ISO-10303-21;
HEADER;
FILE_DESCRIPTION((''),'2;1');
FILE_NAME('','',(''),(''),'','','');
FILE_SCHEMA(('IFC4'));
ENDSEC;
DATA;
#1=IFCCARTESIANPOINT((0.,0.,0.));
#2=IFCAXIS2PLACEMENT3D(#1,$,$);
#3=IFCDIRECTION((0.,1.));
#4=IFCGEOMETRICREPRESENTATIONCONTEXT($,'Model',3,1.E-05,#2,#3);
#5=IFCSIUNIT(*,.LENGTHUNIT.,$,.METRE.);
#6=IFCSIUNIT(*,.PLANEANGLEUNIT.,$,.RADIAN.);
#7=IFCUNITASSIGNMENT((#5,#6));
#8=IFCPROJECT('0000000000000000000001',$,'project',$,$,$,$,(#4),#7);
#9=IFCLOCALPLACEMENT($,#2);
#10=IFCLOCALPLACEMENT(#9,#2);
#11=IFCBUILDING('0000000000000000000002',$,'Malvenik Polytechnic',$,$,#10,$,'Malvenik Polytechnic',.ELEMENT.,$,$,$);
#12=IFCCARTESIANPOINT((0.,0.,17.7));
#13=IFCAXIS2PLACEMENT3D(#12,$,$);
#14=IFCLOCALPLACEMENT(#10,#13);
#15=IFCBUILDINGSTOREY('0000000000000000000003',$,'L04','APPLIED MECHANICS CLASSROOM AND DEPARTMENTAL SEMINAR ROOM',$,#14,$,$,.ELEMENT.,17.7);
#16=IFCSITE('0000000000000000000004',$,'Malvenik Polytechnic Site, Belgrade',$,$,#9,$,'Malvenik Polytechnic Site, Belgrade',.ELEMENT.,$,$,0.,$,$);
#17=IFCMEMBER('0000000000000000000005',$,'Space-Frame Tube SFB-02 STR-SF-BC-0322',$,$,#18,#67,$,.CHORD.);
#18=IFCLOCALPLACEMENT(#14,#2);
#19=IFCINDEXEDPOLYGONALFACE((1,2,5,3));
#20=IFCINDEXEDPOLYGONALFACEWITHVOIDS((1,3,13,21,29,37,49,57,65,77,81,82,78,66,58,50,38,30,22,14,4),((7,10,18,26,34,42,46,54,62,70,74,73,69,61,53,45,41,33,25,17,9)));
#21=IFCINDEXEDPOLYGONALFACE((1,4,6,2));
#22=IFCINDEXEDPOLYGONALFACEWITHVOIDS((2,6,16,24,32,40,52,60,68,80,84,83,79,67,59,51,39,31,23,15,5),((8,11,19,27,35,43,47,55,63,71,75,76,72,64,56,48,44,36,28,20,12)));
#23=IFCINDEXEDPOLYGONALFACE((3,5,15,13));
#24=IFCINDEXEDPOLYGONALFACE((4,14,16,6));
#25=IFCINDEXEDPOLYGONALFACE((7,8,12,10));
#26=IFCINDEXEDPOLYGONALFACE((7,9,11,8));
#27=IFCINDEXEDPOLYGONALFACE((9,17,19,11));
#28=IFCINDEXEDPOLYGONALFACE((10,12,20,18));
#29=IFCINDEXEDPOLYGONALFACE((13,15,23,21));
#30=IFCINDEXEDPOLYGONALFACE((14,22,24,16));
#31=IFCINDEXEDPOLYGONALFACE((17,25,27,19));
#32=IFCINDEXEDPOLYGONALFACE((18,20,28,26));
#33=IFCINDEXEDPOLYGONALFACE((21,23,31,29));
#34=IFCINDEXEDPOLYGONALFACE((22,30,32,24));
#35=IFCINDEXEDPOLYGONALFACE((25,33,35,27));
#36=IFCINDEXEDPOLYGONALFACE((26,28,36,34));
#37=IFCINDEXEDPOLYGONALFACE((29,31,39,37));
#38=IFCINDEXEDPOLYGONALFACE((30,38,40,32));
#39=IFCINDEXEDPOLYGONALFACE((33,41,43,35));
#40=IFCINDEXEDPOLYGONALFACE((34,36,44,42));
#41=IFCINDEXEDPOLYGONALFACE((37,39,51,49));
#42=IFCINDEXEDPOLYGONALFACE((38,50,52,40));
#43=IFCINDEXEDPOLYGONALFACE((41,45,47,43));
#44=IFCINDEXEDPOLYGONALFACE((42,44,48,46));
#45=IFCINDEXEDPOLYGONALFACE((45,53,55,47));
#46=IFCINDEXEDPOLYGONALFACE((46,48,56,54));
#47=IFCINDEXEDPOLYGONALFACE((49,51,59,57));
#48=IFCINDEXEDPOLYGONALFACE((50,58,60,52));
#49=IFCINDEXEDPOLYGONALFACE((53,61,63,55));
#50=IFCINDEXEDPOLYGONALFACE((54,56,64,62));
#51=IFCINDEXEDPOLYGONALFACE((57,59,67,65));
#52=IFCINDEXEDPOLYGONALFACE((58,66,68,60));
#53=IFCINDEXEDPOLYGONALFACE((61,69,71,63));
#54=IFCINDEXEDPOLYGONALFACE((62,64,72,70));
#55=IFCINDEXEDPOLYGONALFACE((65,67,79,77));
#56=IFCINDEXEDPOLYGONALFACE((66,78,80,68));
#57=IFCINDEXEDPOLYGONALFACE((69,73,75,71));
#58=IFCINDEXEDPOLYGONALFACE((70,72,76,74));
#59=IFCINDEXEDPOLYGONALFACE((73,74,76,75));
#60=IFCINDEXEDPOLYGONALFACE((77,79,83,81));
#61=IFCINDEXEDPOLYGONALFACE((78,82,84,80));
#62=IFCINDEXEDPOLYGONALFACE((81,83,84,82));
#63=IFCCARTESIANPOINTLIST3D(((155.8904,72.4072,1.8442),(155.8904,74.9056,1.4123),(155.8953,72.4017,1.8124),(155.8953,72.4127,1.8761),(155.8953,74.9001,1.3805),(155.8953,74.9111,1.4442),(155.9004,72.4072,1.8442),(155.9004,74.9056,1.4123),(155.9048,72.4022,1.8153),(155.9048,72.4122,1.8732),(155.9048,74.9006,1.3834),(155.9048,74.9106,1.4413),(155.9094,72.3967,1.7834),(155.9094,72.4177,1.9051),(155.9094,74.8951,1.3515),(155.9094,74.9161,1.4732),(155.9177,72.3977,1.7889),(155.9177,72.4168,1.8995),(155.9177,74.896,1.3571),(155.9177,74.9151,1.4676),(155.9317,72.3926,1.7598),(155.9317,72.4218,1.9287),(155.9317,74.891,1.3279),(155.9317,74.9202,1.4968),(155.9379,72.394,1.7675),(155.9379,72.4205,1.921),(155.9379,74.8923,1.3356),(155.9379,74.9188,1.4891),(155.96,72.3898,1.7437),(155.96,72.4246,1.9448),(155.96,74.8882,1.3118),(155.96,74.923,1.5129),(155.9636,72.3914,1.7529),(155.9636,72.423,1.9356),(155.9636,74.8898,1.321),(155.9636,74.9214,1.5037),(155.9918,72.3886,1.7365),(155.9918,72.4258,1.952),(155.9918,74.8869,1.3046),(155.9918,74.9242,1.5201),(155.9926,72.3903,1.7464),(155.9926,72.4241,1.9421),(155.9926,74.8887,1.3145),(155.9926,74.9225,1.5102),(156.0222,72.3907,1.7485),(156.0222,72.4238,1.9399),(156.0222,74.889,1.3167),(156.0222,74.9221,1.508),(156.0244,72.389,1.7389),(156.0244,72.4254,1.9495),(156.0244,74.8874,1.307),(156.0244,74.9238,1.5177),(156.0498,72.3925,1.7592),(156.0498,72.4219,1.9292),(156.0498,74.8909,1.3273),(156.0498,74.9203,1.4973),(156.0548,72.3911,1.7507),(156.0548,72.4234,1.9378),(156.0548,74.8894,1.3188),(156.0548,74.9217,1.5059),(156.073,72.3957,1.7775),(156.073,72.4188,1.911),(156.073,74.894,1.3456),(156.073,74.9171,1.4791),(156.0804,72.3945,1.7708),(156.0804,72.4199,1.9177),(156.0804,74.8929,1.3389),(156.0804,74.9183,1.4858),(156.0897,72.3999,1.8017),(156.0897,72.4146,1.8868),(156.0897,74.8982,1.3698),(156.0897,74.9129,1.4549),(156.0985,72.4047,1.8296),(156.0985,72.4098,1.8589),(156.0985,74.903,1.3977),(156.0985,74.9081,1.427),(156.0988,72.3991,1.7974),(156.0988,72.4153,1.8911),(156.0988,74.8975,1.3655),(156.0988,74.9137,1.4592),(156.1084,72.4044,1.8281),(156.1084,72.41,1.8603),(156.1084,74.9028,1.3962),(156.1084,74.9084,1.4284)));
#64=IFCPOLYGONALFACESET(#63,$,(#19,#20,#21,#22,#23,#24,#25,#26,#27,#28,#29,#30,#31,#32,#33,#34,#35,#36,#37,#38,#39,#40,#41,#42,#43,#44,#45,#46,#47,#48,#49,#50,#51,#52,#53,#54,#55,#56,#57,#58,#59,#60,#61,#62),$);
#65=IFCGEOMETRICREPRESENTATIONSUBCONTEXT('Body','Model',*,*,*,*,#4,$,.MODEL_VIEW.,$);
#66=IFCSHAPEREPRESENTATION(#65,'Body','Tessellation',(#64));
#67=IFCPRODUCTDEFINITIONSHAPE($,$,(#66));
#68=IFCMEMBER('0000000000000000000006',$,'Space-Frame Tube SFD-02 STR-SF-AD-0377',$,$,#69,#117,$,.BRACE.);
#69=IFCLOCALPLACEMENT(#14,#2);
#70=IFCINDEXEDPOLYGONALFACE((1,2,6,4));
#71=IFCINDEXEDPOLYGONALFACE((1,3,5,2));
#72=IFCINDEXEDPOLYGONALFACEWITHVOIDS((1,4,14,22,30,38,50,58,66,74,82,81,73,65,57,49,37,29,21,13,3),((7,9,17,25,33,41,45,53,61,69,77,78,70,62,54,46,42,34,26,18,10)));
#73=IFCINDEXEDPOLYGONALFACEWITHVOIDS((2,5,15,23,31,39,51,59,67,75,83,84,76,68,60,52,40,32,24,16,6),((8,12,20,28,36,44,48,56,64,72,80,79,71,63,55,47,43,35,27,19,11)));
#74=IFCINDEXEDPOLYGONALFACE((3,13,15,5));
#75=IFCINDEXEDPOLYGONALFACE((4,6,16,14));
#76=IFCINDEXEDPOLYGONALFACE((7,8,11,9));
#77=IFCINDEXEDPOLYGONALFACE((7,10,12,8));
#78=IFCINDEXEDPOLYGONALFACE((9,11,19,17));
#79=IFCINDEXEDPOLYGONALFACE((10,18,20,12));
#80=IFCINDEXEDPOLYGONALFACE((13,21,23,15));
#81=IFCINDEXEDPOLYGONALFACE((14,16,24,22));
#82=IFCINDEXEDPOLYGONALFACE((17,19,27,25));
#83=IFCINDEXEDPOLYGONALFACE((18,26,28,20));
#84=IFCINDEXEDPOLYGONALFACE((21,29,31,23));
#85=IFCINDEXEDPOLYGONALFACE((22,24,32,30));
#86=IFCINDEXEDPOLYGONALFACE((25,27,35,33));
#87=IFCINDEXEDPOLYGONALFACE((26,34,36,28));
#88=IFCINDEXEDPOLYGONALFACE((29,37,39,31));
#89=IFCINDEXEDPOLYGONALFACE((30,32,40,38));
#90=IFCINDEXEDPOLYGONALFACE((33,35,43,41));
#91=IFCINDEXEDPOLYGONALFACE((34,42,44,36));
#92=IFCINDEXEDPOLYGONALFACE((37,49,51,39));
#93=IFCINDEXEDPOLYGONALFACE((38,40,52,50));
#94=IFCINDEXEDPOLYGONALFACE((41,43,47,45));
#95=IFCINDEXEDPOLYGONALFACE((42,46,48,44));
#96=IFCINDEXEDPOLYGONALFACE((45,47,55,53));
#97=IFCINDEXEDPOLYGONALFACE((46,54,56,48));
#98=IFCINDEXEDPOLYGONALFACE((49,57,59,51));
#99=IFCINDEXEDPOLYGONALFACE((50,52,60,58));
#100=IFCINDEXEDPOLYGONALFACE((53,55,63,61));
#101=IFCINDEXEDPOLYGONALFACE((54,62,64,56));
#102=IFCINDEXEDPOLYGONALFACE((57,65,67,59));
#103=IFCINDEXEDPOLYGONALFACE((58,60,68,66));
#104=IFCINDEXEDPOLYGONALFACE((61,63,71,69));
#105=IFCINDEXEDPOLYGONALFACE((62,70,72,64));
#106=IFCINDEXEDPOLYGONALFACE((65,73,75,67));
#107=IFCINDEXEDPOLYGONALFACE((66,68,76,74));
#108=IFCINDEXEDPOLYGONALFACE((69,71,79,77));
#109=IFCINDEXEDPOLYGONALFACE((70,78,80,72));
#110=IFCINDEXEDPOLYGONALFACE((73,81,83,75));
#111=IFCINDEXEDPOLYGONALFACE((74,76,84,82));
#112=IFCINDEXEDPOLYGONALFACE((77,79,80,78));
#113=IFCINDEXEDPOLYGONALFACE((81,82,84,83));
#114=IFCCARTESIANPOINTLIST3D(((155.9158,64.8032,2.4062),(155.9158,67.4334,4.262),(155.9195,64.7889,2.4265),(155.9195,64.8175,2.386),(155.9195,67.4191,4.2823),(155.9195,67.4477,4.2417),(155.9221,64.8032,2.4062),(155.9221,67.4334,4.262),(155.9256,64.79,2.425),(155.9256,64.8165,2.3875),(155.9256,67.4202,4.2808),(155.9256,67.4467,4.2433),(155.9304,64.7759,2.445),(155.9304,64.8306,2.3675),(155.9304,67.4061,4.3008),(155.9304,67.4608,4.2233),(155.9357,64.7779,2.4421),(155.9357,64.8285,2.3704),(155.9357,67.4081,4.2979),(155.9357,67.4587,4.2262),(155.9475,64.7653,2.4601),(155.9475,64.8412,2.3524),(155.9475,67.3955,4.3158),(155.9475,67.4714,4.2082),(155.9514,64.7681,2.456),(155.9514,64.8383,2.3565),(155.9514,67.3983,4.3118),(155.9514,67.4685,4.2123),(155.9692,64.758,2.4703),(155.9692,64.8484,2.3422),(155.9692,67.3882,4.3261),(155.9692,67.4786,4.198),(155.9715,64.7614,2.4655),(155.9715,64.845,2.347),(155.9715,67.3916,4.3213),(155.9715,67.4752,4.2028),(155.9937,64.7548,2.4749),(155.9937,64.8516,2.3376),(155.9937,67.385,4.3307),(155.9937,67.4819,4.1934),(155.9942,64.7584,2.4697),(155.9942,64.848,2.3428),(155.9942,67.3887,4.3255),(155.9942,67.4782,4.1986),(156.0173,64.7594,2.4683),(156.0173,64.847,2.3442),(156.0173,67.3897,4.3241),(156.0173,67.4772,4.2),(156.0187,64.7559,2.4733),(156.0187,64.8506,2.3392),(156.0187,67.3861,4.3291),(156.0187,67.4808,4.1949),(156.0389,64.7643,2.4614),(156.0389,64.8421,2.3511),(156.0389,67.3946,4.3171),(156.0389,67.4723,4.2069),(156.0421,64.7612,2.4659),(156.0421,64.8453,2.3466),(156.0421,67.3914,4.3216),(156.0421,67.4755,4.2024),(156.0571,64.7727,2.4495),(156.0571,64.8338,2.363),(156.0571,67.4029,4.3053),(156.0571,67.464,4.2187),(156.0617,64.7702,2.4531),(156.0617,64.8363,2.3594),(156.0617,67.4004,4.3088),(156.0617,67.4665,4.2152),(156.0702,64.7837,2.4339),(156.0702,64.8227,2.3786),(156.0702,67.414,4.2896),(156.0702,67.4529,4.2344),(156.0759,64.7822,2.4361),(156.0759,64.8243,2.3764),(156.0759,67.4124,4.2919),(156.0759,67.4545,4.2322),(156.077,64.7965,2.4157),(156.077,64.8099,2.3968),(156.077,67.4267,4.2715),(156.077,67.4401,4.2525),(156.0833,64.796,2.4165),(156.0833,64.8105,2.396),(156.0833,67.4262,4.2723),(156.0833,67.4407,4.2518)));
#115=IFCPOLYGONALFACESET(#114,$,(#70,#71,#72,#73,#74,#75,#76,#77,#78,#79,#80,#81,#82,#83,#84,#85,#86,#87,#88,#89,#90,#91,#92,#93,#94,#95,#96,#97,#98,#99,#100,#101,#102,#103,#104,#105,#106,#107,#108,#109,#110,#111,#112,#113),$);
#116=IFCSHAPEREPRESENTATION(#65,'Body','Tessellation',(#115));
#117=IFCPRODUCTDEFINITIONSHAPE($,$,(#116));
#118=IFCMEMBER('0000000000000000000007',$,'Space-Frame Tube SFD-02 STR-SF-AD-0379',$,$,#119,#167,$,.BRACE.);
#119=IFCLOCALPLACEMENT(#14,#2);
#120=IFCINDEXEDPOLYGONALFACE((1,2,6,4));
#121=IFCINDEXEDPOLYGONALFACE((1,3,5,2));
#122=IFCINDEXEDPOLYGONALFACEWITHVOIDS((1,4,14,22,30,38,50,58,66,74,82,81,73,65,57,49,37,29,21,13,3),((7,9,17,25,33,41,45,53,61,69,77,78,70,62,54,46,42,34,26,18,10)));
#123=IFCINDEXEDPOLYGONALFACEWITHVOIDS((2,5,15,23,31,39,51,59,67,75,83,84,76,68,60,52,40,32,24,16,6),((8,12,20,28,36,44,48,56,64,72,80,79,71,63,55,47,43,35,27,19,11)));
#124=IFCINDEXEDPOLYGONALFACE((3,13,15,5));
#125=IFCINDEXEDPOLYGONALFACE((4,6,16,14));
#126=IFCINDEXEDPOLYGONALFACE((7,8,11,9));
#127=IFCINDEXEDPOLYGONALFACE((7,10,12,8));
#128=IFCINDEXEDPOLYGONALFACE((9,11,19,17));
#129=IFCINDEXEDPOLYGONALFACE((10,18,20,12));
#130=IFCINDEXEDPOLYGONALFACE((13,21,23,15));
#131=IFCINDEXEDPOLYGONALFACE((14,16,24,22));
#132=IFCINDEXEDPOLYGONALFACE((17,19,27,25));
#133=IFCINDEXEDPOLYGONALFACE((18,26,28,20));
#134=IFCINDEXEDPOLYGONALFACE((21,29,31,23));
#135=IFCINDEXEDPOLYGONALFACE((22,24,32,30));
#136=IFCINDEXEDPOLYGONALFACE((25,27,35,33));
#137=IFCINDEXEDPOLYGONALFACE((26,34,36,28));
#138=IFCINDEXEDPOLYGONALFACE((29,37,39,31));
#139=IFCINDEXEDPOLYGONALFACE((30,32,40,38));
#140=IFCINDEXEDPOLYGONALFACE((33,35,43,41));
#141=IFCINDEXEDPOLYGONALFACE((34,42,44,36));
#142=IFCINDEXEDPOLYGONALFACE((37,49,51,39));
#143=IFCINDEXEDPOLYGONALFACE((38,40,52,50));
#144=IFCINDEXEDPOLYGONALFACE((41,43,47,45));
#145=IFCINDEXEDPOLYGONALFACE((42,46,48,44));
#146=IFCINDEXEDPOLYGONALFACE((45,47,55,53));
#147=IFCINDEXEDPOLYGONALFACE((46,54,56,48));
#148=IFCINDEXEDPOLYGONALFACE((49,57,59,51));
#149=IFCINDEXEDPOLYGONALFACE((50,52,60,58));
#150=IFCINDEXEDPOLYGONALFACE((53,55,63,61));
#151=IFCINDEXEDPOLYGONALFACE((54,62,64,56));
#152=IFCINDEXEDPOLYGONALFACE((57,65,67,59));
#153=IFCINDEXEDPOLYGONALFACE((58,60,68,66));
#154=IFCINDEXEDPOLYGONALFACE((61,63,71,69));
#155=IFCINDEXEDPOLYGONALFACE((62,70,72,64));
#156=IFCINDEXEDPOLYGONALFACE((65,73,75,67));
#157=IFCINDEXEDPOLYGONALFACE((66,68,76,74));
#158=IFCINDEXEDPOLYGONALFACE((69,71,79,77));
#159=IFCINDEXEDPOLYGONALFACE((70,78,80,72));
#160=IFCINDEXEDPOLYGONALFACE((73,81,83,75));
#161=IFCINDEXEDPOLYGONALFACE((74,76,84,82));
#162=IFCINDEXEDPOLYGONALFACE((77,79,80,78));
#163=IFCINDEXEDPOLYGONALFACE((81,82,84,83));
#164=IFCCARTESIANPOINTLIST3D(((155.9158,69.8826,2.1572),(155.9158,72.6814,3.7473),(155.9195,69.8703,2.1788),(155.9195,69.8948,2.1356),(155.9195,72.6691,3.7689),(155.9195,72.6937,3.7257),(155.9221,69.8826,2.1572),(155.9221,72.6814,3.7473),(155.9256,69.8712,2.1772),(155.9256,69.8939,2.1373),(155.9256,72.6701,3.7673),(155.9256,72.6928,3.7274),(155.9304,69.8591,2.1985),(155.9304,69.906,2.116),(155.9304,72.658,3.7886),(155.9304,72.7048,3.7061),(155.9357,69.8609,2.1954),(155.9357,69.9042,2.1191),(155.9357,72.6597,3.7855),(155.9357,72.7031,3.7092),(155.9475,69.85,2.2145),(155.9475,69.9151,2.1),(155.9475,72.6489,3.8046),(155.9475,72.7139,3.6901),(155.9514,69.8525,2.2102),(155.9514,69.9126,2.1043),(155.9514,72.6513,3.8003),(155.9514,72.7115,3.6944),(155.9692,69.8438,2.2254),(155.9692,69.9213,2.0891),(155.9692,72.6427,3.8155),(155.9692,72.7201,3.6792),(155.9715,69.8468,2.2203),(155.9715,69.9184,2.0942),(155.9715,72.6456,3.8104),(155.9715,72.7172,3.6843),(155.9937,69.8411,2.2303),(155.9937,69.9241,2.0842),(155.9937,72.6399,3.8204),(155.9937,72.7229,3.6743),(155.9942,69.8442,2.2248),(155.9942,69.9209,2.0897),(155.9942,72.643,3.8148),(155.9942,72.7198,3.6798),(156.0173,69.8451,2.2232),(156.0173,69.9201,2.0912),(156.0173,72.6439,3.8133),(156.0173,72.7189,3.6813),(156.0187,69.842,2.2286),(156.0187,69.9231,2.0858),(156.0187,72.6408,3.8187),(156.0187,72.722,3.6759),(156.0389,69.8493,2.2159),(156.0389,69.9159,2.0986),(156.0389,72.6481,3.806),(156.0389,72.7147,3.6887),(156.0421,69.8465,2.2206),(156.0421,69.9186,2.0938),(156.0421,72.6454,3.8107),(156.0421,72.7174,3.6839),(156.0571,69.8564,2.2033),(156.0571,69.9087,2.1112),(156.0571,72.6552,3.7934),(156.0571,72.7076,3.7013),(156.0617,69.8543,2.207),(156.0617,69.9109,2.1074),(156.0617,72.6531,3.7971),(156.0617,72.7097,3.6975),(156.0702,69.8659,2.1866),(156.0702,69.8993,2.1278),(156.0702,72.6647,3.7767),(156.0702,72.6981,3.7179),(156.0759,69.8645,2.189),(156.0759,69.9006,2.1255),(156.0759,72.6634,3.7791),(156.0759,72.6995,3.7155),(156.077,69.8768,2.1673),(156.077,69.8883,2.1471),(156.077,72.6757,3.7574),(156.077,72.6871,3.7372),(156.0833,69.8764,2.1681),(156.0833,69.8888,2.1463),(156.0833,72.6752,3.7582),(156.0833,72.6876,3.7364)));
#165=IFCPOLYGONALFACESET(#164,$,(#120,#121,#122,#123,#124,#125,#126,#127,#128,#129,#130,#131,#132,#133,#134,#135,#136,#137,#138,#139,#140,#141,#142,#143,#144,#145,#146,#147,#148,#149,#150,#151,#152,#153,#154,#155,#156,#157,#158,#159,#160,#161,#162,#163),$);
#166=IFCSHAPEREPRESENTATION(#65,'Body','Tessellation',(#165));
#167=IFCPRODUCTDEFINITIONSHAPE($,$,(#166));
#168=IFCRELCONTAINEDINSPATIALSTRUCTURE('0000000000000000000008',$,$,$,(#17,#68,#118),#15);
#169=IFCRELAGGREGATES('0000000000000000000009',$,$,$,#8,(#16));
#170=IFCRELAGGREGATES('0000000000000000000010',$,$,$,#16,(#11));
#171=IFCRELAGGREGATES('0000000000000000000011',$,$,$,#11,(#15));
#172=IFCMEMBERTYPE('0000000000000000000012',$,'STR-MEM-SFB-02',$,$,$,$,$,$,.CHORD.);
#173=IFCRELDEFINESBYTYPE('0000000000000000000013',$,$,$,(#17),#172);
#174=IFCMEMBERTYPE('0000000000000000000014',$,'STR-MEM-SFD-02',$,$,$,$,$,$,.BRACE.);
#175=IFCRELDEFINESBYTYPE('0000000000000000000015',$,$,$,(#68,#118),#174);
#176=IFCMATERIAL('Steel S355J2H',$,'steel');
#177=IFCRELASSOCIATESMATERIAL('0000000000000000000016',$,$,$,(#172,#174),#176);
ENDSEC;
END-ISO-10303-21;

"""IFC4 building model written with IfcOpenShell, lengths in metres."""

from ifc_helpers import new_model, si_unit, direction, frame, origin, origin_2d, place, context, subcontext, project, spatial, hollow_circle, extrude, material, material_profile, profile_set, type_object, element, save


model = new_model("IFC4")

# Units and contexts
model_context = context("Model", 3, precision=1e-05, world=origin(), true_north=direction((0.0, 1.0)))
body_context = subcontext(model_context, "Body", "Model", "MODEL_VIEW")
ifc_project = project(units=[si_unit("LENGTHUNIT", "METRE"), si_unit("PLANEANGLEUNIT", "RADIAN")], contexts=[model_context])

# Site, building, storey
site_placement = place(None, origin())
site = spatial("IfcSite", under=ifc_project, at=site_placement, Name="Malvenik Polytechnic Site, Belgrade", LongName="Malvenik Polytechnic Site, Belgrade", CompositionType="ELEMENT", RefElevation=0.0)
building_placement = place(site_placement, origin())
building = spatial("IfcBuilding", under=site, at=building_placement, Name="Malvenik Polytechnic", LongName="Malvenik Polytechnic", CompositionType="ELEMENT")
storey_placement = place(building_placement, frame((0.0, 0.0, 17.7)))
storey = spatial("IfcBuildingStorey", under=building, at=storey_placement, Name="L04", Description="APPLIED MECHANICS CLASSROOM AND DEPARTMENTAL SEMINAR ROOM", CompositionType="ELEMENT", Elevation=17.7)

# Members
ifc_material_1 = material(Name="Steel S355J2H", Category="steel")
ifc_material_profile_1 = material_profile(ifc_material_1, hollow_circle(Radius=0.1096, WallThickness=0.01, at=origin_2d()), Name="CHS 219.1x10.0")
ifc_profile_set_1 = profile_set([ifc_material_profile_1], Name="Steel S355J2H")
member_type_1 = type_object("IfcMemberType", Name="STR-MEM-SFB-02", PredefinedType="CHORD", material=ifc_profile_set_1)
for number, where, z_axis, x_axis, name in (
    (1, (156.0, 72.4072, 1.8442), (0.0, 0.985384, -0.170345), (-1.0, 0.0, 0.0), "Space-Frame Tube SFB-02 STR-SF-BC-0322"),
):
    element("IfcMember", number, at=place(storey_placement, frame(where, z_axis=z_axis, x_axis=x_axis)), inside=storey, type_object=member_type_1, Name=name, PredefinedType="CHORD", context=body_context, shape_type="SweptSolid", body=[
        extrude(hollow_circle(Radius=0.1096, WallThickness=0.01, at=origin_2d()), origin(), (0.0, 0.0, 1.0), 2.5354),
    ])
ifc_material_profile_2 = material_profile(ifc_material_1, hollow_circle(Radius=0.0842, WallThickness=0.0063, at=origin_2d()), Name="CHS 168.3x6.3")
ifc_profile_set_2 = profile_set([ifc_material_profile_2], Name="Steel S355J2H")
member_type_2 = type_object("IfcMemberType", Name="STR-MEM-SFD-02", PredefinedType="BRACE", material=ifc_profile_set_2)
for number, where, z_axis, x_axis, name in (
    (2, (156.0, 64.8032, 2.4062), (0.0, 0.817092, 0.576507), (-1.0, 0.0, 0.0), "Space-Frame Tube SFD-02 STR-SF-AD-0377"),
    (3, (156.0, 69.8826, 2.1572), (0.0, 0.869477, 0.493973), (-1.0, 0.0, 0.0), "Space-Frame Tube SFD-02 STR-SF-AD-0379"),
):
    element("IfcMember", number, at=place(storey_placement, frame(where, z_axis=z_axis, x_axis=x_axis)), inside=storey, type_object=member_type_2, Name=name, PredefinedType="BRACE", context=body_context, shape_type="SweptSolid", body=[
        extrude(hollow_circle(Radius=0.0842, WallThickness=0.0063, at=origin_2d()), origin(), (0.0, 0.0, 1.0), 3.219),
    ])

save(model, "model.ifc")
